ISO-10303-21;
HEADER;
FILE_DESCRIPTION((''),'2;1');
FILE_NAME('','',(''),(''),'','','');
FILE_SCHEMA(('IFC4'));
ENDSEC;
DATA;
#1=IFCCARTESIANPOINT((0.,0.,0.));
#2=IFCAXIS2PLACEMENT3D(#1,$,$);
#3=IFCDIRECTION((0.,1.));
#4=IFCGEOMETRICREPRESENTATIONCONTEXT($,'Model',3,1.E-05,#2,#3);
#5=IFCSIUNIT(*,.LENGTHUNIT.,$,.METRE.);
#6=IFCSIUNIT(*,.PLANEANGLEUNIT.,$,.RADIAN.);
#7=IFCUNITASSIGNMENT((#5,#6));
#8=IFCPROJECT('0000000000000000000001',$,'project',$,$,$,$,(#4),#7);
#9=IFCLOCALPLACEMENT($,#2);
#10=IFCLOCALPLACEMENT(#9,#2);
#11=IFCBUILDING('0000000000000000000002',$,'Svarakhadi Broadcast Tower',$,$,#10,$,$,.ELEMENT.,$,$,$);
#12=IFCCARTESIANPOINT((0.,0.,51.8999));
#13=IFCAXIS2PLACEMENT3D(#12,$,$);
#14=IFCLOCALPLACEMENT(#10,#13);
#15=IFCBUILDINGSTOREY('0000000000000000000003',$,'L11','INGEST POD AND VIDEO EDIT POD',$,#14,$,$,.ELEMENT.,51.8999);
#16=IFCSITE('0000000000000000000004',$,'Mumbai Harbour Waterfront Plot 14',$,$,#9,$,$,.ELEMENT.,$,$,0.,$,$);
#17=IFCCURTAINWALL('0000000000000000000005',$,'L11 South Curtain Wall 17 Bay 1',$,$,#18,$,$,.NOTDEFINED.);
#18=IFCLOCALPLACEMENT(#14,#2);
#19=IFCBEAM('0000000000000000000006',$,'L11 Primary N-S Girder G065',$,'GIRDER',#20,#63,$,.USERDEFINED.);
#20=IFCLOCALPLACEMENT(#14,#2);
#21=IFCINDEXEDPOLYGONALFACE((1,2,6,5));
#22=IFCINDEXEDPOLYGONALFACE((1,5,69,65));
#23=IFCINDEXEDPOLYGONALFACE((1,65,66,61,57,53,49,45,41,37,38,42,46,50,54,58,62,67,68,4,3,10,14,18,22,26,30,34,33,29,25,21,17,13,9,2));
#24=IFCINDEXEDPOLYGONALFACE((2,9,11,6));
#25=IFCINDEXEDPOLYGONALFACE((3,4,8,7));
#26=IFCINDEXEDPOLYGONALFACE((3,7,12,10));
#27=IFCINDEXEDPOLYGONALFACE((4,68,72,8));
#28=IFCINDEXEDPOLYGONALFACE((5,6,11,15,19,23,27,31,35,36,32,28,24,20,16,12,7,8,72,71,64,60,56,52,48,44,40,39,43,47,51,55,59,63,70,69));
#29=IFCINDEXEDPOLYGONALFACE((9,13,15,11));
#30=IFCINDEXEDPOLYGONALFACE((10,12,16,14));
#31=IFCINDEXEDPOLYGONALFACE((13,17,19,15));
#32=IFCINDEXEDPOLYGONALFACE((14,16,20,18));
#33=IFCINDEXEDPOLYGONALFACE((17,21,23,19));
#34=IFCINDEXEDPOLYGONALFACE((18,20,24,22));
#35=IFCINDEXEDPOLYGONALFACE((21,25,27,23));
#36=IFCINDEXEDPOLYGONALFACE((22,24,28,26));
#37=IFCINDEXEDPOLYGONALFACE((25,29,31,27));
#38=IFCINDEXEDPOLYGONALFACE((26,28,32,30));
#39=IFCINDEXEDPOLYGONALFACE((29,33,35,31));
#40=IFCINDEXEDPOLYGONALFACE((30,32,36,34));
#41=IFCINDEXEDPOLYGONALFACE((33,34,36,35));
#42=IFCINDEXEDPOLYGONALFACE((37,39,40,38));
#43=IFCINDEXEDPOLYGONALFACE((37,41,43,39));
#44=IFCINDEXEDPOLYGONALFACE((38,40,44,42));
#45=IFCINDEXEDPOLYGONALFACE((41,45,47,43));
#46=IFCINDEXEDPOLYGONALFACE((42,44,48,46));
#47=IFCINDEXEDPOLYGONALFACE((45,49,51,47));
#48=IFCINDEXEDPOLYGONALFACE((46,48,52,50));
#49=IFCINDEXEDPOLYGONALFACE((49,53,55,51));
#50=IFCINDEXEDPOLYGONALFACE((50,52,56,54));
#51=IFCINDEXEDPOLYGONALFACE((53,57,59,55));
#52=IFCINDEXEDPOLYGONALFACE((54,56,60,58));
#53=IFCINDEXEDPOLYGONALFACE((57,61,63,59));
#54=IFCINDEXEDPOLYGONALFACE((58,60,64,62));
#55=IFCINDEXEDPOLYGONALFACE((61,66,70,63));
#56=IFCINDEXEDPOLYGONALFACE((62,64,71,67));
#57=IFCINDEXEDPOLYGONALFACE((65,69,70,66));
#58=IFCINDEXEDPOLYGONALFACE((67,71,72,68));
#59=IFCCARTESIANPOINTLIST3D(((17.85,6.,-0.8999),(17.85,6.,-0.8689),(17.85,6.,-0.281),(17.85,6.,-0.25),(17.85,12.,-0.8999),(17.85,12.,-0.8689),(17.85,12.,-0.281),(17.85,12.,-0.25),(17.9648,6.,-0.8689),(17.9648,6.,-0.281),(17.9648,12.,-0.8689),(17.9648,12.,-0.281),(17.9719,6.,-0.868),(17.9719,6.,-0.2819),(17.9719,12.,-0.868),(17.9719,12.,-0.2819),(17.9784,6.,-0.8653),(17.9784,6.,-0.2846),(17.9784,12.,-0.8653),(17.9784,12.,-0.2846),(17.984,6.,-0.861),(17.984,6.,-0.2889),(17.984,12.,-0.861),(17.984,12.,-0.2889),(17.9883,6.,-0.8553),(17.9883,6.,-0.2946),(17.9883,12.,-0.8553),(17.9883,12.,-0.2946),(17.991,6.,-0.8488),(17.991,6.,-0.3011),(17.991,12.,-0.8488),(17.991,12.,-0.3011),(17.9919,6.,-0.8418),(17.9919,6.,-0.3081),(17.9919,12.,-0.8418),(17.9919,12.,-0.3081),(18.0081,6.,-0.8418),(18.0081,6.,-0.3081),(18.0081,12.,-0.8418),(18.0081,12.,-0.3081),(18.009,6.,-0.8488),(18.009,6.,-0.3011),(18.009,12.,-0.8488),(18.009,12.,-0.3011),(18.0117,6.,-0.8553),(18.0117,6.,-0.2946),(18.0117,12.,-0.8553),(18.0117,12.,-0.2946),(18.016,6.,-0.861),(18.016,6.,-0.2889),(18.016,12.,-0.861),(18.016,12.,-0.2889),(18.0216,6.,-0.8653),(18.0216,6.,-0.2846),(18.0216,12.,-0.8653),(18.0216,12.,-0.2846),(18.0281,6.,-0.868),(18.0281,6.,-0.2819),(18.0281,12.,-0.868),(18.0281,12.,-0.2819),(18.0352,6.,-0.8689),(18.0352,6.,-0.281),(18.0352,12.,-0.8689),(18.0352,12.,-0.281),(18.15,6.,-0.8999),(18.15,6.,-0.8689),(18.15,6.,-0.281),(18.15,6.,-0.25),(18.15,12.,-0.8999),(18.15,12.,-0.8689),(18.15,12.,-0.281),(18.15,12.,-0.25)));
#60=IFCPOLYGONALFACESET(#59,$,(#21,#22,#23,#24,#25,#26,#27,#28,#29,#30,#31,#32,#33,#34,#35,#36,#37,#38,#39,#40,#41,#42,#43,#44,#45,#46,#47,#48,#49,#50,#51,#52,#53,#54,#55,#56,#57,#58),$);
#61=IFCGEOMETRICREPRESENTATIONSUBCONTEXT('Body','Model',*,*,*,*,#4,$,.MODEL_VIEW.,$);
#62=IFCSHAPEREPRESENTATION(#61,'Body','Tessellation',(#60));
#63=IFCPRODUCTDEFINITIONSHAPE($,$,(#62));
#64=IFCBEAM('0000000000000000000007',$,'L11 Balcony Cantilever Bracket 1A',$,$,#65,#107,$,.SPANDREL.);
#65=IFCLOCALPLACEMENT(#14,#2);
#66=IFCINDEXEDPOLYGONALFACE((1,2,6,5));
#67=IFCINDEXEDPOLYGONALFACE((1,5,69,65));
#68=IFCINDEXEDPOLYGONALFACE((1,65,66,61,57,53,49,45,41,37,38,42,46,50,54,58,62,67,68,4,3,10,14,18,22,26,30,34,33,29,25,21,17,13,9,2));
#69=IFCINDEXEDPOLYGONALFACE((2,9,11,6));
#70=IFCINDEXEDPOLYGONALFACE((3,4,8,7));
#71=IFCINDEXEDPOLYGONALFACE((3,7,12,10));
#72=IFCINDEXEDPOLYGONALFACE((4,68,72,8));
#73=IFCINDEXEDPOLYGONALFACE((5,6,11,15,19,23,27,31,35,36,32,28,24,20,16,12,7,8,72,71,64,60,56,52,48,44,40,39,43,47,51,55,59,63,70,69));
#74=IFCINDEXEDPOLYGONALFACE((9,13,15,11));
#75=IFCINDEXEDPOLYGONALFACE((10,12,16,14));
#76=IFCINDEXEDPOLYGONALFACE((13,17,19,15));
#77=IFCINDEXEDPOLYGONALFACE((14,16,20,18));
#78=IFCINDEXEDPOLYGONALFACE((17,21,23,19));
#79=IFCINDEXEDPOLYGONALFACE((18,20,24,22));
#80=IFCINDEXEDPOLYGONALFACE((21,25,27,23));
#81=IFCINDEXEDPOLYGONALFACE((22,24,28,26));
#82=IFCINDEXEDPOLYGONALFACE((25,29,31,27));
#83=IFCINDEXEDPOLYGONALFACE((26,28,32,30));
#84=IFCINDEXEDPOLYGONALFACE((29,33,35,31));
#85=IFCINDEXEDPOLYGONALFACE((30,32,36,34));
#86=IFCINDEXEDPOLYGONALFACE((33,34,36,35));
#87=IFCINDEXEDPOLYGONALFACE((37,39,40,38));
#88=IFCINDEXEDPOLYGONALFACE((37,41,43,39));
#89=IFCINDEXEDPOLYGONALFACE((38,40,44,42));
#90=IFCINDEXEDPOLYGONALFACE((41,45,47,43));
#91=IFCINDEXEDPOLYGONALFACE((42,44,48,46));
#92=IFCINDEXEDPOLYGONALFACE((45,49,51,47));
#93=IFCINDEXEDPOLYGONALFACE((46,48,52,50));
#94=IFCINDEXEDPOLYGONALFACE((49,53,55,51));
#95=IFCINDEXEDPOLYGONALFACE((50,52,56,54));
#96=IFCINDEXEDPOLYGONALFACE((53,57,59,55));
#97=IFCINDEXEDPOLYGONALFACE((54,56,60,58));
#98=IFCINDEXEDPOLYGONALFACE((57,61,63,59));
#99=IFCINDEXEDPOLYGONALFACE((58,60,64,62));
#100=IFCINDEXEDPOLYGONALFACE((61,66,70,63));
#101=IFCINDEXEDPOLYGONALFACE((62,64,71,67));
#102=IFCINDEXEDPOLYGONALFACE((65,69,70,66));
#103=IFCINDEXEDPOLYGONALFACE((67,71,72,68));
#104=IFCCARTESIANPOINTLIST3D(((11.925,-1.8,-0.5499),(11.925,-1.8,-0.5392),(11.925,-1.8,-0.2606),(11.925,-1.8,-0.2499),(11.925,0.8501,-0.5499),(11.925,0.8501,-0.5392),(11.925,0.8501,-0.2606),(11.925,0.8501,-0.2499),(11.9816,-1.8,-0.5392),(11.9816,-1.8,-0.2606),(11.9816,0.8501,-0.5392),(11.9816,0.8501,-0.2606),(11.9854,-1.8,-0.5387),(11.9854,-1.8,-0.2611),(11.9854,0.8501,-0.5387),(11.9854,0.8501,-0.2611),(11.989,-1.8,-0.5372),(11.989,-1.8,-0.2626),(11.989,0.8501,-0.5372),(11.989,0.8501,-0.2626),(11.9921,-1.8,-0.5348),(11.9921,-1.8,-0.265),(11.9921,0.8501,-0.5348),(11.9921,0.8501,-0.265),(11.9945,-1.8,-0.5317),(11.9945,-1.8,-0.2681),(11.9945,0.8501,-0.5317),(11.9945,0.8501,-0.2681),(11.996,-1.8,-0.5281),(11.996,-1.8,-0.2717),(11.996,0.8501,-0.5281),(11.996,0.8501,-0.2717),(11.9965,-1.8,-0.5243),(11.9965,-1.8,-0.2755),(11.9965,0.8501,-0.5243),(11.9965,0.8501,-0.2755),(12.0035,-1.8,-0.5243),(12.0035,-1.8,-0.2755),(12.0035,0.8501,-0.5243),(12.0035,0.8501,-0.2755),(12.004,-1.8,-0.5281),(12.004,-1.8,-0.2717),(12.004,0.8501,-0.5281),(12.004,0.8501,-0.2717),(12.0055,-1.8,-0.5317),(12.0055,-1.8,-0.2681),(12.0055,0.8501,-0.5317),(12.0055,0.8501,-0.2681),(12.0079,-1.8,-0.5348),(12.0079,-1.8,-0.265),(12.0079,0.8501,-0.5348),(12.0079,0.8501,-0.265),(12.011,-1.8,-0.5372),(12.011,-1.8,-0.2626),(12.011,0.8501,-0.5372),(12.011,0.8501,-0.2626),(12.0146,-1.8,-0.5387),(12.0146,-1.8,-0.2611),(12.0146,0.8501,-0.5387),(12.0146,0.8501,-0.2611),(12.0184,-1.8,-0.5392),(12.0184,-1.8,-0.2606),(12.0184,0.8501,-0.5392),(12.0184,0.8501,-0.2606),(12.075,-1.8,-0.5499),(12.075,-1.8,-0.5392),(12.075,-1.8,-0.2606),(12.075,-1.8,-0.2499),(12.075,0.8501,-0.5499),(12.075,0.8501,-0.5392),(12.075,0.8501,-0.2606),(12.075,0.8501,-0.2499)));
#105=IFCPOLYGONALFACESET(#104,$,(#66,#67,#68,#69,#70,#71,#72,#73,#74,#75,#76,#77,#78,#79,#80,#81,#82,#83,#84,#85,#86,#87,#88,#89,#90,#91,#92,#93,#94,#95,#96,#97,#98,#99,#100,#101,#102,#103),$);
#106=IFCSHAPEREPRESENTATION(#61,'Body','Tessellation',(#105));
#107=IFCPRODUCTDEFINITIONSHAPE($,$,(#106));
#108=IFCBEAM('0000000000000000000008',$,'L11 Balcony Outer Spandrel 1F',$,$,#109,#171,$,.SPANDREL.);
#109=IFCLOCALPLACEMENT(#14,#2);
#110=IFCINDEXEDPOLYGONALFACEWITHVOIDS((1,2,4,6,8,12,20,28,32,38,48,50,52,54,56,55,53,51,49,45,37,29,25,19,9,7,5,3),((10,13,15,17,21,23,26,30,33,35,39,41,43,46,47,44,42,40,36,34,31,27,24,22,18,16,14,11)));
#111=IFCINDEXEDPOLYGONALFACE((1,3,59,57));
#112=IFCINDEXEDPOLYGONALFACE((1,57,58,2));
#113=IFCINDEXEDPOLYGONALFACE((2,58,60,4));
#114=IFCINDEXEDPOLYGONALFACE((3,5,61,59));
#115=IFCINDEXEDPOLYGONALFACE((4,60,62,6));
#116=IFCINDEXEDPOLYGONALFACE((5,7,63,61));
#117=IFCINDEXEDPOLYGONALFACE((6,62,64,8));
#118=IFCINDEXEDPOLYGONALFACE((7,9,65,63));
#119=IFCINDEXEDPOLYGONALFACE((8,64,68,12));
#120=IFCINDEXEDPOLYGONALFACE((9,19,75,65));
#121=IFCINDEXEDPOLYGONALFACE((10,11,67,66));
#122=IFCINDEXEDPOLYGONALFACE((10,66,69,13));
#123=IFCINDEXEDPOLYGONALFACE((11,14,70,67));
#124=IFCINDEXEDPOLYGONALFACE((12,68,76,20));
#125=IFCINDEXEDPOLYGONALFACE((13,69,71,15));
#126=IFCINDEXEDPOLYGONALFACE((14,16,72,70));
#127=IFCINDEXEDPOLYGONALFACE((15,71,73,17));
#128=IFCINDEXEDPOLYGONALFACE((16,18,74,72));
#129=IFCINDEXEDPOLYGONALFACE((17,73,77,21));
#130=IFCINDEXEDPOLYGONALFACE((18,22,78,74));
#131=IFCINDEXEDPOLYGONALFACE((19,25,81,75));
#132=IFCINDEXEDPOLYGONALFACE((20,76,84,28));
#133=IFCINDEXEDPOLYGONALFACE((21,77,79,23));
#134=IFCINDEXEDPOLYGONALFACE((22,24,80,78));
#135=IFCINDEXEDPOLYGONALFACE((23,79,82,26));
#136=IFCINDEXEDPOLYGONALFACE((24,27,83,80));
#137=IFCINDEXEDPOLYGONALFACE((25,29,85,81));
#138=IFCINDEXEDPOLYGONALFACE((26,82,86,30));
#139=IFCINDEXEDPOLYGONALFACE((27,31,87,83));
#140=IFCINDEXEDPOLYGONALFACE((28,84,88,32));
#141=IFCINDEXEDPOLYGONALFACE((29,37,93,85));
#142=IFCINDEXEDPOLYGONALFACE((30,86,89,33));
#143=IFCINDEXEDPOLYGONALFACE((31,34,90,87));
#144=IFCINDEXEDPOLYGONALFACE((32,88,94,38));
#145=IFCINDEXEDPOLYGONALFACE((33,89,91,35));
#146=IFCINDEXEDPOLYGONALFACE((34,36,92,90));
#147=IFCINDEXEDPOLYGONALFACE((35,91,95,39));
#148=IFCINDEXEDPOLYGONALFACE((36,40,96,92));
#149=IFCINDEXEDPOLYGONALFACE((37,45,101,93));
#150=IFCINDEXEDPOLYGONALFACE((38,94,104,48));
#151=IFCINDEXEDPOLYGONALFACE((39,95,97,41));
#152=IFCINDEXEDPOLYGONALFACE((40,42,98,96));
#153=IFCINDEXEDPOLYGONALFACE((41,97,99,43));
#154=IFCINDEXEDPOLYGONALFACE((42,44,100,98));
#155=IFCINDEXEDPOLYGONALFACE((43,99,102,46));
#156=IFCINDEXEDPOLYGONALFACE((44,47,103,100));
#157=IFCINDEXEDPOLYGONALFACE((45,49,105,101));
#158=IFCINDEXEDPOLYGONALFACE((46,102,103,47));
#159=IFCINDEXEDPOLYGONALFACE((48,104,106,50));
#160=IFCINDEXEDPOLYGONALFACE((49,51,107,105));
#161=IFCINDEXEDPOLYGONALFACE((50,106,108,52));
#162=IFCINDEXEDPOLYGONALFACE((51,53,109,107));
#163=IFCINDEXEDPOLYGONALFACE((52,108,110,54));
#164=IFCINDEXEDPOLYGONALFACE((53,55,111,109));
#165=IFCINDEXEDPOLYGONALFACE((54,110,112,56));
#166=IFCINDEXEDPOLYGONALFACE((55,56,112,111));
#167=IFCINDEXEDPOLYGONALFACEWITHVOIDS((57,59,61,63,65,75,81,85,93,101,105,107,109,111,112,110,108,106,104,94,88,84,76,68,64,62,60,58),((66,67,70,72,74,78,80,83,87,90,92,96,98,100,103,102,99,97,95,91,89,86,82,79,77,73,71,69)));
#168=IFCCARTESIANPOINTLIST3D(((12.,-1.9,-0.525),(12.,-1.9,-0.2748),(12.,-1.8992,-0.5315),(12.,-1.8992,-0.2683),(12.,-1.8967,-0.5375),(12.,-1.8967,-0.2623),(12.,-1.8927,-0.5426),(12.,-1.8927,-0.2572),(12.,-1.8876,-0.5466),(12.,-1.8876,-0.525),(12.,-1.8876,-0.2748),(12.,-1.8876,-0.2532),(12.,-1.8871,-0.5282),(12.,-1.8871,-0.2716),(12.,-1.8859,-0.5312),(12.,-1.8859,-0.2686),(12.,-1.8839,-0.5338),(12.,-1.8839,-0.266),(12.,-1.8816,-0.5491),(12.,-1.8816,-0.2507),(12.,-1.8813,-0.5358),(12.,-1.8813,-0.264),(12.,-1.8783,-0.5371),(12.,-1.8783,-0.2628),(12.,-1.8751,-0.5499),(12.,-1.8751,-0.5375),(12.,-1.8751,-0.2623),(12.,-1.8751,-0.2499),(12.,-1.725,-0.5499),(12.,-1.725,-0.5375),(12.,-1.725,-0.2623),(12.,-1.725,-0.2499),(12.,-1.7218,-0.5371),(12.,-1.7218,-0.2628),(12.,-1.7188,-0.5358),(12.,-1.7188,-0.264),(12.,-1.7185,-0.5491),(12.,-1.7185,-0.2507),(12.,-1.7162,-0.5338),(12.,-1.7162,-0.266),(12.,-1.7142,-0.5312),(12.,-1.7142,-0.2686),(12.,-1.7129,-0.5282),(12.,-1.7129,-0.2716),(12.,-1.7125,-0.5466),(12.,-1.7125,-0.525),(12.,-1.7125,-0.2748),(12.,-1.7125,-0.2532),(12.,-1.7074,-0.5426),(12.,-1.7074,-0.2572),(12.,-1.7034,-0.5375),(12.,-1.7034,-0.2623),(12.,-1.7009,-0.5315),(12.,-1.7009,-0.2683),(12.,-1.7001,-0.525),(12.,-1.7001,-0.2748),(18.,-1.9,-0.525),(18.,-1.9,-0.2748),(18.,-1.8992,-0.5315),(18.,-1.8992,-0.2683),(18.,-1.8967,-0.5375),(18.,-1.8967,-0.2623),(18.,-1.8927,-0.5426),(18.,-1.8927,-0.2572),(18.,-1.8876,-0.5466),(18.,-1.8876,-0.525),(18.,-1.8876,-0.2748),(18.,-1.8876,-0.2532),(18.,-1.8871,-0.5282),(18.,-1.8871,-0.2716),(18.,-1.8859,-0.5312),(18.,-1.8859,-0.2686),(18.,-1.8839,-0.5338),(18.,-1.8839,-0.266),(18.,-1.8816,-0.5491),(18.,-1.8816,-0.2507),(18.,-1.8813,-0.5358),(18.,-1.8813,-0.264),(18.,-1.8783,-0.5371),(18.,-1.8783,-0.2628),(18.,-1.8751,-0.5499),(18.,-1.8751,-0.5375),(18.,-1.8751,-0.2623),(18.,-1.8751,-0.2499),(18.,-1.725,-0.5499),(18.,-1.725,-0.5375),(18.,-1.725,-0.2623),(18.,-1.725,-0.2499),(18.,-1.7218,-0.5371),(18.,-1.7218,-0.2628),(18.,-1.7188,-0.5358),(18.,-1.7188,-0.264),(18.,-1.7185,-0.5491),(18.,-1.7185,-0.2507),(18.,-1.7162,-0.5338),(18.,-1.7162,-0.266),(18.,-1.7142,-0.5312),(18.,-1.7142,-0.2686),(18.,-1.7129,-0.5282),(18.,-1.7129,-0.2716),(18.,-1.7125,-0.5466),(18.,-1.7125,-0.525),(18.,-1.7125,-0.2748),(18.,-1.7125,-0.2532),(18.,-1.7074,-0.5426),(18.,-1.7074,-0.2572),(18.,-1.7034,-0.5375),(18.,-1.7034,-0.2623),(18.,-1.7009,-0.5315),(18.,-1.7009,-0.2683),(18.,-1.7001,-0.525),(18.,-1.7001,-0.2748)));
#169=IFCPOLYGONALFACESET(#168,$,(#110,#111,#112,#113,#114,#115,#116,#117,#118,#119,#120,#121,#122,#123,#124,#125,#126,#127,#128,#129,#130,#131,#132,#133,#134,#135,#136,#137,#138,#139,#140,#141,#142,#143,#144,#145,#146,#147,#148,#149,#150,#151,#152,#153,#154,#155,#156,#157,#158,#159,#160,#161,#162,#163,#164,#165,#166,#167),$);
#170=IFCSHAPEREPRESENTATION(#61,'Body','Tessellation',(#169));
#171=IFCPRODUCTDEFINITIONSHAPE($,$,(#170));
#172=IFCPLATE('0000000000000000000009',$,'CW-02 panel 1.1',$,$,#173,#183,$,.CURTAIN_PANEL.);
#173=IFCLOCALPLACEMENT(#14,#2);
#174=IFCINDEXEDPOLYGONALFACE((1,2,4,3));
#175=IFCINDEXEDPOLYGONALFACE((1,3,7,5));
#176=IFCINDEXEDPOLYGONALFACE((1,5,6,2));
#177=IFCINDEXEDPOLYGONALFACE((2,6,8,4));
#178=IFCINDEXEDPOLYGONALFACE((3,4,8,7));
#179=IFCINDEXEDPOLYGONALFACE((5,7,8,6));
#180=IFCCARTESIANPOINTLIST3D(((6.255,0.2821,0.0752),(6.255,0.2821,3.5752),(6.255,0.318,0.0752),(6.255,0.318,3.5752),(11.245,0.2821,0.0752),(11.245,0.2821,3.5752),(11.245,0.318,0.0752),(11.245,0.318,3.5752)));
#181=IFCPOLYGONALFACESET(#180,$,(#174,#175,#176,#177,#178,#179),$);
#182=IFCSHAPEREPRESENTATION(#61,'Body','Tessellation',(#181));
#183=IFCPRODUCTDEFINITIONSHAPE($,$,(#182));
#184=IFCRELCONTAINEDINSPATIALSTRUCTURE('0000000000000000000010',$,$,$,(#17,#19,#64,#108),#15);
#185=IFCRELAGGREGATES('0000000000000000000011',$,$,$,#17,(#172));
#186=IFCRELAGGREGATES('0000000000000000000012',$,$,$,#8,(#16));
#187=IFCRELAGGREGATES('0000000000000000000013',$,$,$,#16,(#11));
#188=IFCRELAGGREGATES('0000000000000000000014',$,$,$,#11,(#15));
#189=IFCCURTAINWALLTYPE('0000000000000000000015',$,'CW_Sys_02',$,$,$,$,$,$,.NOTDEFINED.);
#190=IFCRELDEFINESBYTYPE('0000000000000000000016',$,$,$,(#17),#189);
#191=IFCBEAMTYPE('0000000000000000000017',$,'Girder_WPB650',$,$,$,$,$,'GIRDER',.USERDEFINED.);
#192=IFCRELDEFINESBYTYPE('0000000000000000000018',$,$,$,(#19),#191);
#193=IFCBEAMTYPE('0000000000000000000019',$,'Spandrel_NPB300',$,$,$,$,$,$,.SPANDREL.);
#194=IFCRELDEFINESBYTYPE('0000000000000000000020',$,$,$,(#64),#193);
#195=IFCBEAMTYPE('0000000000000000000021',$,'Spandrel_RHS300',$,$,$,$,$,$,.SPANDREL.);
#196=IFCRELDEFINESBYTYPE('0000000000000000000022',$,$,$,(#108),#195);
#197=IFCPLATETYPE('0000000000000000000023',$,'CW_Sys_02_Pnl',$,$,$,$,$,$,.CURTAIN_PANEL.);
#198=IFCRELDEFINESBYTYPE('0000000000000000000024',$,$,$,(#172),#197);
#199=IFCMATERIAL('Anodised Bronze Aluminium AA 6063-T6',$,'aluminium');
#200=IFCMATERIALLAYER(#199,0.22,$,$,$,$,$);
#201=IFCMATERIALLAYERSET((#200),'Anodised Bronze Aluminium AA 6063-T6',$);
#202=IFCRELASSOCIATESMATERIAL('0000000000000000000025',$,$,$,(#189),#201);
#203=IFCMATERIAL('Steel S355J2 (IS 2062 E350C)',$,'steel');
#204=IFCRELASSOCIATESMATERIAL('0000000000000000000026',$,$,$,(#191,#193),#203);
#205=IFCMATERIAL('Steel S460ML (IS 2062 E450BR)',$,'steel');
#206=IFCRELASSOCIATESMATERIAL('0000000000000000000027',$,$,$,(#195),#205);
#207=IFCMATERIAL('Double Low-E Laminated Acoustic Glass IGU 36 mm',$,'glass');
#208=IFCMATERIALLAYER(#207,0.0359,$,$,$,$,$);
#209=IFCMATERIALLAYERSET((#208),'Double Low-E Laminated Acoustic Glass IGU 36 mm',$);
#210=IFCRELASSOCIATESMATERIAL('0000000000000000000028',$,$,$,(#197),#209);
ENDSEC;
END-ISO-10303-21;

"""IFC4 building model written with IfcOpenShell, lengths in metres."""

from ifc_helpers import new_model, si_unit, direction, frame, origin, origin_2d, place, context, subcontext, project, spatial, rectangle, hollow_rectangle, i_section, extrude, material, layer, layer_set, material_profile, profile_set, type_object, element, aggregate, save


model = new_model("IFC4")

# Units and contexts
model_context = context("Model", 3, precision=1e-05, world=origin(), true_north=direction((0.0, 1.0)))
body_context = subcontext(model_context, "Body", "Model", "MODEL_VIEW")
ifc_project = project(units=[si_unit("LENGTHUNIT", "METRE"), si_unit("PLANEANGLEUNIT", "RADIAN")], contexts=[model_context])

# Site, building, storey
site_placement = place(None, origin())
site = spatial("IfcSite", under=ifc_project, at=site_placement, Name="Mumbai Harbour Waterfront Plot 14", CompositionType="ELEMENT", RefElevation=0.0)
building_placement = place(site_placement, origin())
building = spatial("IfcBuilding", under=site, at=building_placement, Name="Svarakhadi Broadcast Tower", CompositionType="ELEMENT")
storey_placement = place(building_placement, frame((0.0, 0.0, 51.8999)))
storey = spatial("IfcBuildingStorey", under=building, at=storey_placement, Name="L11", Description="INGEST POD AND VIDEO EDIT POD", CompositionType="ELEMENT", Elevation=51.8999)

# Shared definitions
ifc_material_1 = material(Name="Steel S460ML (IS 2062 E450BR)", Category="steel")

# Shared definitions
ifc_material_2 = material(Name="Steel S355J2 (IS 2062 E350C)", Category="steel")

# Curtain wall
ifc_material_3 = material(Name="Anodised Bronze Aluminium AA 6063-T6", Category="aluminium")
ifc_layer_1 = layer(ifc_material_3, 0.22)
ifc_layer_set_1 = layer_set([ifc_layer_1], Name="Anodised Bronze Aluminium AA 6063-T6")
curtain_wall_type = type_object("IfcCurtainWallType", Name="CW_Sys_02", PredefinedType="NOTDEFINED", material=ifc_layer_set_1)
curtain_wall_placement = place(storey_placement, origin())
curtain_wall = element("IfcCurtainWall", 1, at=curtain_wall_placement, inside=storey, type_object=curtain_wall_type, Name="L11 South Curtain Wall 17 Bay 1", PredefinedType="NOTDEFINED")

# Beams
ifc_material_profile_1 = material_profile(ifc_material_2, i_section(OverallWidth=0.3, OverallDepth=0.6499, WebThickness=0.0161, FlangeThickness=0.031, FilletRadius=0.0271, at=origin_2d()), Name="WPB 650x300x225")
ifc_profile_set_1 = profile_set([ifc_material_profile_1], Name="Steel S355J2 (IS 2062 E350C)")
beam_type_1 = type_object("IfcBeamType", Name="Girder_WPB650", ElementType="GIRDER", PredefinedType="USERDEFINED", material=ifc_profile_set_1)
beam_1_placement = place(storey_placement, frame((18.0, 6.0, -0.575), z_axis=(0.0, 1.0, 0.0), x_axis=(-1.0, 0.0, 0.0)))
element("IfcBeam", 2, at=beam_1_placement, inside=storey, type_object=beam_type_1, Name="L11 Primary N-S Girder G065", ObjectType="GIRDER", PredefinedType="USERDEFINED", context=body_context, shape_type="SweptSolid", body=[
    extrude(i_section(OverallWidth=0.3, OverallDepth=0.6499, WebThickness=0.0161, FlangeThickness=0.031, FilletRadius=0.0271, at=origin_2d()), origin(), (0.0, 0.0, 1.0), 6.0),
])
ifc_material_profile_2 = material_profile(ifc_material_2, i_section(OverallWidth=0.1499, OverallDepth=0.3, WebThickness=0.0071, FlangeThickness=0.0107, FilletRadius=0.0149, at=origin_2d()), Name="NPB 300x150x37")
ifc_profile_set_2 = profile_set([ifc_material_profile_2], Name="Steel S355J2 (IS 2062 E350C)")
beam_type_2 = type_object("IfcBeamType", Name="Spandrel_NPB300", PredefinedType="SPANDREL", material=ifc_profile_set_2)
beam_2_placement = place(storey_placement, frame((12.0, 0.8501, -0.3999), z_axis=(0.0, -1.0, 0.0), x_axis=(1.0, 0.0, 0.0)))
element("IfcBeam", 3, at=beam_2_placement, inside=storey, type_object=beam_type_2, Name="L11 Balcony Cantilever Bracket 1A", PredefinedType="SPANDREL", context=body_context, shape_type="SweptSolid", body=[
    extrude(i_section(OverallWidth=0.1499, OverallDepth=0.3, WebThickness=0.0071, FlangeThickness=0.0107, FilletRadius=0.0149, at=origin_2d()), origin(), (0.0, 0.0, 1.0), 2.6501),
])
ifc_material_profile_3 = material_profile(ifc_material_1, hollow_rectangle(XDim=0.2, YDim=0.3, WallThickness=0.0125, InnerFilletRadius=0.0125, OuterFilletRadius=0.0249, at=origin_2d()), Name="RHS 300x200x12.5")
ifc_profile_set_3 = profile_set([ifc_material_profile_3], Name="Steel S460ML (IS 2062 E450BR)")
beam_type_3 = type_object("IfcBeamType", Name="Spandrel_RHS300", PredefinedType="SPANDREL", material=ifc_profile_set_3)
beam_3_placement = place(storey_placement, frame((12.0, -1.8, -0.3999), z_axis=(1.0, 0.0, 0.0), x_axis=(0.0, 1.0, 0.0)))
element("IfcBeam", 4, at=beam_3_placement, inside=storey, type_object=beam_type_3, Name="L11 Balcony Outer Spandrel 1F", PredefinedType="SPANDREL", context=body_context, shape_type="SweptSolid", body=[
    extrude(hollow_rectangle(XDim=0.2, YDim=0.3, WallThickness=0.0125, InnerFilletRadius=0.0125, OuterFilletRadius=0.0249, at=origin_2d()), origin(), (0.0, 0.0, 1.0), 6.0),
])

# Plate
ifc_material_4 = material(Name="Double Low-E Laminated Acoustic Glass IGU 36 mm", Category="glass")
ifc_layer_2 = layer(ifc_material_4, 0.0359)
ifc_layer_set_2 = layer_set([ifc_layer_2], Name="Double Low-E Laminated Acoustic Glass IGU 36 mm")
plate_type_1 = type_object("IfcPlateType", Name="CW_Sys_02_Pnl", PredefinedType="CURTAIN_PANEL", material=ifc_layer_set_2)
plate_1_placement = place(storey_placement, frame((8.75, 0.3, 0.0752), z_axis=(0.0, 0.0, 1.0), x_axis=(-1.0, 0.0, 0.0)))
plate_1 = element("IfcPlate", 5, at=plate_1_placement, type_object=plate_type_1, Name="CW-02 panel 1.1", PredefinedType="CURTAIN_PANEL", context=body_context, shape_type="SweptSolid", body=[
    extrude(rectangle(XDim=4.99, YDim=0.0359, at=origin_2d()), origin(), (0.0, 0.0, 1.0), 3.5),
])
aggregate(curtain_wall, [plate_1])

save(model, "model.ifc")
